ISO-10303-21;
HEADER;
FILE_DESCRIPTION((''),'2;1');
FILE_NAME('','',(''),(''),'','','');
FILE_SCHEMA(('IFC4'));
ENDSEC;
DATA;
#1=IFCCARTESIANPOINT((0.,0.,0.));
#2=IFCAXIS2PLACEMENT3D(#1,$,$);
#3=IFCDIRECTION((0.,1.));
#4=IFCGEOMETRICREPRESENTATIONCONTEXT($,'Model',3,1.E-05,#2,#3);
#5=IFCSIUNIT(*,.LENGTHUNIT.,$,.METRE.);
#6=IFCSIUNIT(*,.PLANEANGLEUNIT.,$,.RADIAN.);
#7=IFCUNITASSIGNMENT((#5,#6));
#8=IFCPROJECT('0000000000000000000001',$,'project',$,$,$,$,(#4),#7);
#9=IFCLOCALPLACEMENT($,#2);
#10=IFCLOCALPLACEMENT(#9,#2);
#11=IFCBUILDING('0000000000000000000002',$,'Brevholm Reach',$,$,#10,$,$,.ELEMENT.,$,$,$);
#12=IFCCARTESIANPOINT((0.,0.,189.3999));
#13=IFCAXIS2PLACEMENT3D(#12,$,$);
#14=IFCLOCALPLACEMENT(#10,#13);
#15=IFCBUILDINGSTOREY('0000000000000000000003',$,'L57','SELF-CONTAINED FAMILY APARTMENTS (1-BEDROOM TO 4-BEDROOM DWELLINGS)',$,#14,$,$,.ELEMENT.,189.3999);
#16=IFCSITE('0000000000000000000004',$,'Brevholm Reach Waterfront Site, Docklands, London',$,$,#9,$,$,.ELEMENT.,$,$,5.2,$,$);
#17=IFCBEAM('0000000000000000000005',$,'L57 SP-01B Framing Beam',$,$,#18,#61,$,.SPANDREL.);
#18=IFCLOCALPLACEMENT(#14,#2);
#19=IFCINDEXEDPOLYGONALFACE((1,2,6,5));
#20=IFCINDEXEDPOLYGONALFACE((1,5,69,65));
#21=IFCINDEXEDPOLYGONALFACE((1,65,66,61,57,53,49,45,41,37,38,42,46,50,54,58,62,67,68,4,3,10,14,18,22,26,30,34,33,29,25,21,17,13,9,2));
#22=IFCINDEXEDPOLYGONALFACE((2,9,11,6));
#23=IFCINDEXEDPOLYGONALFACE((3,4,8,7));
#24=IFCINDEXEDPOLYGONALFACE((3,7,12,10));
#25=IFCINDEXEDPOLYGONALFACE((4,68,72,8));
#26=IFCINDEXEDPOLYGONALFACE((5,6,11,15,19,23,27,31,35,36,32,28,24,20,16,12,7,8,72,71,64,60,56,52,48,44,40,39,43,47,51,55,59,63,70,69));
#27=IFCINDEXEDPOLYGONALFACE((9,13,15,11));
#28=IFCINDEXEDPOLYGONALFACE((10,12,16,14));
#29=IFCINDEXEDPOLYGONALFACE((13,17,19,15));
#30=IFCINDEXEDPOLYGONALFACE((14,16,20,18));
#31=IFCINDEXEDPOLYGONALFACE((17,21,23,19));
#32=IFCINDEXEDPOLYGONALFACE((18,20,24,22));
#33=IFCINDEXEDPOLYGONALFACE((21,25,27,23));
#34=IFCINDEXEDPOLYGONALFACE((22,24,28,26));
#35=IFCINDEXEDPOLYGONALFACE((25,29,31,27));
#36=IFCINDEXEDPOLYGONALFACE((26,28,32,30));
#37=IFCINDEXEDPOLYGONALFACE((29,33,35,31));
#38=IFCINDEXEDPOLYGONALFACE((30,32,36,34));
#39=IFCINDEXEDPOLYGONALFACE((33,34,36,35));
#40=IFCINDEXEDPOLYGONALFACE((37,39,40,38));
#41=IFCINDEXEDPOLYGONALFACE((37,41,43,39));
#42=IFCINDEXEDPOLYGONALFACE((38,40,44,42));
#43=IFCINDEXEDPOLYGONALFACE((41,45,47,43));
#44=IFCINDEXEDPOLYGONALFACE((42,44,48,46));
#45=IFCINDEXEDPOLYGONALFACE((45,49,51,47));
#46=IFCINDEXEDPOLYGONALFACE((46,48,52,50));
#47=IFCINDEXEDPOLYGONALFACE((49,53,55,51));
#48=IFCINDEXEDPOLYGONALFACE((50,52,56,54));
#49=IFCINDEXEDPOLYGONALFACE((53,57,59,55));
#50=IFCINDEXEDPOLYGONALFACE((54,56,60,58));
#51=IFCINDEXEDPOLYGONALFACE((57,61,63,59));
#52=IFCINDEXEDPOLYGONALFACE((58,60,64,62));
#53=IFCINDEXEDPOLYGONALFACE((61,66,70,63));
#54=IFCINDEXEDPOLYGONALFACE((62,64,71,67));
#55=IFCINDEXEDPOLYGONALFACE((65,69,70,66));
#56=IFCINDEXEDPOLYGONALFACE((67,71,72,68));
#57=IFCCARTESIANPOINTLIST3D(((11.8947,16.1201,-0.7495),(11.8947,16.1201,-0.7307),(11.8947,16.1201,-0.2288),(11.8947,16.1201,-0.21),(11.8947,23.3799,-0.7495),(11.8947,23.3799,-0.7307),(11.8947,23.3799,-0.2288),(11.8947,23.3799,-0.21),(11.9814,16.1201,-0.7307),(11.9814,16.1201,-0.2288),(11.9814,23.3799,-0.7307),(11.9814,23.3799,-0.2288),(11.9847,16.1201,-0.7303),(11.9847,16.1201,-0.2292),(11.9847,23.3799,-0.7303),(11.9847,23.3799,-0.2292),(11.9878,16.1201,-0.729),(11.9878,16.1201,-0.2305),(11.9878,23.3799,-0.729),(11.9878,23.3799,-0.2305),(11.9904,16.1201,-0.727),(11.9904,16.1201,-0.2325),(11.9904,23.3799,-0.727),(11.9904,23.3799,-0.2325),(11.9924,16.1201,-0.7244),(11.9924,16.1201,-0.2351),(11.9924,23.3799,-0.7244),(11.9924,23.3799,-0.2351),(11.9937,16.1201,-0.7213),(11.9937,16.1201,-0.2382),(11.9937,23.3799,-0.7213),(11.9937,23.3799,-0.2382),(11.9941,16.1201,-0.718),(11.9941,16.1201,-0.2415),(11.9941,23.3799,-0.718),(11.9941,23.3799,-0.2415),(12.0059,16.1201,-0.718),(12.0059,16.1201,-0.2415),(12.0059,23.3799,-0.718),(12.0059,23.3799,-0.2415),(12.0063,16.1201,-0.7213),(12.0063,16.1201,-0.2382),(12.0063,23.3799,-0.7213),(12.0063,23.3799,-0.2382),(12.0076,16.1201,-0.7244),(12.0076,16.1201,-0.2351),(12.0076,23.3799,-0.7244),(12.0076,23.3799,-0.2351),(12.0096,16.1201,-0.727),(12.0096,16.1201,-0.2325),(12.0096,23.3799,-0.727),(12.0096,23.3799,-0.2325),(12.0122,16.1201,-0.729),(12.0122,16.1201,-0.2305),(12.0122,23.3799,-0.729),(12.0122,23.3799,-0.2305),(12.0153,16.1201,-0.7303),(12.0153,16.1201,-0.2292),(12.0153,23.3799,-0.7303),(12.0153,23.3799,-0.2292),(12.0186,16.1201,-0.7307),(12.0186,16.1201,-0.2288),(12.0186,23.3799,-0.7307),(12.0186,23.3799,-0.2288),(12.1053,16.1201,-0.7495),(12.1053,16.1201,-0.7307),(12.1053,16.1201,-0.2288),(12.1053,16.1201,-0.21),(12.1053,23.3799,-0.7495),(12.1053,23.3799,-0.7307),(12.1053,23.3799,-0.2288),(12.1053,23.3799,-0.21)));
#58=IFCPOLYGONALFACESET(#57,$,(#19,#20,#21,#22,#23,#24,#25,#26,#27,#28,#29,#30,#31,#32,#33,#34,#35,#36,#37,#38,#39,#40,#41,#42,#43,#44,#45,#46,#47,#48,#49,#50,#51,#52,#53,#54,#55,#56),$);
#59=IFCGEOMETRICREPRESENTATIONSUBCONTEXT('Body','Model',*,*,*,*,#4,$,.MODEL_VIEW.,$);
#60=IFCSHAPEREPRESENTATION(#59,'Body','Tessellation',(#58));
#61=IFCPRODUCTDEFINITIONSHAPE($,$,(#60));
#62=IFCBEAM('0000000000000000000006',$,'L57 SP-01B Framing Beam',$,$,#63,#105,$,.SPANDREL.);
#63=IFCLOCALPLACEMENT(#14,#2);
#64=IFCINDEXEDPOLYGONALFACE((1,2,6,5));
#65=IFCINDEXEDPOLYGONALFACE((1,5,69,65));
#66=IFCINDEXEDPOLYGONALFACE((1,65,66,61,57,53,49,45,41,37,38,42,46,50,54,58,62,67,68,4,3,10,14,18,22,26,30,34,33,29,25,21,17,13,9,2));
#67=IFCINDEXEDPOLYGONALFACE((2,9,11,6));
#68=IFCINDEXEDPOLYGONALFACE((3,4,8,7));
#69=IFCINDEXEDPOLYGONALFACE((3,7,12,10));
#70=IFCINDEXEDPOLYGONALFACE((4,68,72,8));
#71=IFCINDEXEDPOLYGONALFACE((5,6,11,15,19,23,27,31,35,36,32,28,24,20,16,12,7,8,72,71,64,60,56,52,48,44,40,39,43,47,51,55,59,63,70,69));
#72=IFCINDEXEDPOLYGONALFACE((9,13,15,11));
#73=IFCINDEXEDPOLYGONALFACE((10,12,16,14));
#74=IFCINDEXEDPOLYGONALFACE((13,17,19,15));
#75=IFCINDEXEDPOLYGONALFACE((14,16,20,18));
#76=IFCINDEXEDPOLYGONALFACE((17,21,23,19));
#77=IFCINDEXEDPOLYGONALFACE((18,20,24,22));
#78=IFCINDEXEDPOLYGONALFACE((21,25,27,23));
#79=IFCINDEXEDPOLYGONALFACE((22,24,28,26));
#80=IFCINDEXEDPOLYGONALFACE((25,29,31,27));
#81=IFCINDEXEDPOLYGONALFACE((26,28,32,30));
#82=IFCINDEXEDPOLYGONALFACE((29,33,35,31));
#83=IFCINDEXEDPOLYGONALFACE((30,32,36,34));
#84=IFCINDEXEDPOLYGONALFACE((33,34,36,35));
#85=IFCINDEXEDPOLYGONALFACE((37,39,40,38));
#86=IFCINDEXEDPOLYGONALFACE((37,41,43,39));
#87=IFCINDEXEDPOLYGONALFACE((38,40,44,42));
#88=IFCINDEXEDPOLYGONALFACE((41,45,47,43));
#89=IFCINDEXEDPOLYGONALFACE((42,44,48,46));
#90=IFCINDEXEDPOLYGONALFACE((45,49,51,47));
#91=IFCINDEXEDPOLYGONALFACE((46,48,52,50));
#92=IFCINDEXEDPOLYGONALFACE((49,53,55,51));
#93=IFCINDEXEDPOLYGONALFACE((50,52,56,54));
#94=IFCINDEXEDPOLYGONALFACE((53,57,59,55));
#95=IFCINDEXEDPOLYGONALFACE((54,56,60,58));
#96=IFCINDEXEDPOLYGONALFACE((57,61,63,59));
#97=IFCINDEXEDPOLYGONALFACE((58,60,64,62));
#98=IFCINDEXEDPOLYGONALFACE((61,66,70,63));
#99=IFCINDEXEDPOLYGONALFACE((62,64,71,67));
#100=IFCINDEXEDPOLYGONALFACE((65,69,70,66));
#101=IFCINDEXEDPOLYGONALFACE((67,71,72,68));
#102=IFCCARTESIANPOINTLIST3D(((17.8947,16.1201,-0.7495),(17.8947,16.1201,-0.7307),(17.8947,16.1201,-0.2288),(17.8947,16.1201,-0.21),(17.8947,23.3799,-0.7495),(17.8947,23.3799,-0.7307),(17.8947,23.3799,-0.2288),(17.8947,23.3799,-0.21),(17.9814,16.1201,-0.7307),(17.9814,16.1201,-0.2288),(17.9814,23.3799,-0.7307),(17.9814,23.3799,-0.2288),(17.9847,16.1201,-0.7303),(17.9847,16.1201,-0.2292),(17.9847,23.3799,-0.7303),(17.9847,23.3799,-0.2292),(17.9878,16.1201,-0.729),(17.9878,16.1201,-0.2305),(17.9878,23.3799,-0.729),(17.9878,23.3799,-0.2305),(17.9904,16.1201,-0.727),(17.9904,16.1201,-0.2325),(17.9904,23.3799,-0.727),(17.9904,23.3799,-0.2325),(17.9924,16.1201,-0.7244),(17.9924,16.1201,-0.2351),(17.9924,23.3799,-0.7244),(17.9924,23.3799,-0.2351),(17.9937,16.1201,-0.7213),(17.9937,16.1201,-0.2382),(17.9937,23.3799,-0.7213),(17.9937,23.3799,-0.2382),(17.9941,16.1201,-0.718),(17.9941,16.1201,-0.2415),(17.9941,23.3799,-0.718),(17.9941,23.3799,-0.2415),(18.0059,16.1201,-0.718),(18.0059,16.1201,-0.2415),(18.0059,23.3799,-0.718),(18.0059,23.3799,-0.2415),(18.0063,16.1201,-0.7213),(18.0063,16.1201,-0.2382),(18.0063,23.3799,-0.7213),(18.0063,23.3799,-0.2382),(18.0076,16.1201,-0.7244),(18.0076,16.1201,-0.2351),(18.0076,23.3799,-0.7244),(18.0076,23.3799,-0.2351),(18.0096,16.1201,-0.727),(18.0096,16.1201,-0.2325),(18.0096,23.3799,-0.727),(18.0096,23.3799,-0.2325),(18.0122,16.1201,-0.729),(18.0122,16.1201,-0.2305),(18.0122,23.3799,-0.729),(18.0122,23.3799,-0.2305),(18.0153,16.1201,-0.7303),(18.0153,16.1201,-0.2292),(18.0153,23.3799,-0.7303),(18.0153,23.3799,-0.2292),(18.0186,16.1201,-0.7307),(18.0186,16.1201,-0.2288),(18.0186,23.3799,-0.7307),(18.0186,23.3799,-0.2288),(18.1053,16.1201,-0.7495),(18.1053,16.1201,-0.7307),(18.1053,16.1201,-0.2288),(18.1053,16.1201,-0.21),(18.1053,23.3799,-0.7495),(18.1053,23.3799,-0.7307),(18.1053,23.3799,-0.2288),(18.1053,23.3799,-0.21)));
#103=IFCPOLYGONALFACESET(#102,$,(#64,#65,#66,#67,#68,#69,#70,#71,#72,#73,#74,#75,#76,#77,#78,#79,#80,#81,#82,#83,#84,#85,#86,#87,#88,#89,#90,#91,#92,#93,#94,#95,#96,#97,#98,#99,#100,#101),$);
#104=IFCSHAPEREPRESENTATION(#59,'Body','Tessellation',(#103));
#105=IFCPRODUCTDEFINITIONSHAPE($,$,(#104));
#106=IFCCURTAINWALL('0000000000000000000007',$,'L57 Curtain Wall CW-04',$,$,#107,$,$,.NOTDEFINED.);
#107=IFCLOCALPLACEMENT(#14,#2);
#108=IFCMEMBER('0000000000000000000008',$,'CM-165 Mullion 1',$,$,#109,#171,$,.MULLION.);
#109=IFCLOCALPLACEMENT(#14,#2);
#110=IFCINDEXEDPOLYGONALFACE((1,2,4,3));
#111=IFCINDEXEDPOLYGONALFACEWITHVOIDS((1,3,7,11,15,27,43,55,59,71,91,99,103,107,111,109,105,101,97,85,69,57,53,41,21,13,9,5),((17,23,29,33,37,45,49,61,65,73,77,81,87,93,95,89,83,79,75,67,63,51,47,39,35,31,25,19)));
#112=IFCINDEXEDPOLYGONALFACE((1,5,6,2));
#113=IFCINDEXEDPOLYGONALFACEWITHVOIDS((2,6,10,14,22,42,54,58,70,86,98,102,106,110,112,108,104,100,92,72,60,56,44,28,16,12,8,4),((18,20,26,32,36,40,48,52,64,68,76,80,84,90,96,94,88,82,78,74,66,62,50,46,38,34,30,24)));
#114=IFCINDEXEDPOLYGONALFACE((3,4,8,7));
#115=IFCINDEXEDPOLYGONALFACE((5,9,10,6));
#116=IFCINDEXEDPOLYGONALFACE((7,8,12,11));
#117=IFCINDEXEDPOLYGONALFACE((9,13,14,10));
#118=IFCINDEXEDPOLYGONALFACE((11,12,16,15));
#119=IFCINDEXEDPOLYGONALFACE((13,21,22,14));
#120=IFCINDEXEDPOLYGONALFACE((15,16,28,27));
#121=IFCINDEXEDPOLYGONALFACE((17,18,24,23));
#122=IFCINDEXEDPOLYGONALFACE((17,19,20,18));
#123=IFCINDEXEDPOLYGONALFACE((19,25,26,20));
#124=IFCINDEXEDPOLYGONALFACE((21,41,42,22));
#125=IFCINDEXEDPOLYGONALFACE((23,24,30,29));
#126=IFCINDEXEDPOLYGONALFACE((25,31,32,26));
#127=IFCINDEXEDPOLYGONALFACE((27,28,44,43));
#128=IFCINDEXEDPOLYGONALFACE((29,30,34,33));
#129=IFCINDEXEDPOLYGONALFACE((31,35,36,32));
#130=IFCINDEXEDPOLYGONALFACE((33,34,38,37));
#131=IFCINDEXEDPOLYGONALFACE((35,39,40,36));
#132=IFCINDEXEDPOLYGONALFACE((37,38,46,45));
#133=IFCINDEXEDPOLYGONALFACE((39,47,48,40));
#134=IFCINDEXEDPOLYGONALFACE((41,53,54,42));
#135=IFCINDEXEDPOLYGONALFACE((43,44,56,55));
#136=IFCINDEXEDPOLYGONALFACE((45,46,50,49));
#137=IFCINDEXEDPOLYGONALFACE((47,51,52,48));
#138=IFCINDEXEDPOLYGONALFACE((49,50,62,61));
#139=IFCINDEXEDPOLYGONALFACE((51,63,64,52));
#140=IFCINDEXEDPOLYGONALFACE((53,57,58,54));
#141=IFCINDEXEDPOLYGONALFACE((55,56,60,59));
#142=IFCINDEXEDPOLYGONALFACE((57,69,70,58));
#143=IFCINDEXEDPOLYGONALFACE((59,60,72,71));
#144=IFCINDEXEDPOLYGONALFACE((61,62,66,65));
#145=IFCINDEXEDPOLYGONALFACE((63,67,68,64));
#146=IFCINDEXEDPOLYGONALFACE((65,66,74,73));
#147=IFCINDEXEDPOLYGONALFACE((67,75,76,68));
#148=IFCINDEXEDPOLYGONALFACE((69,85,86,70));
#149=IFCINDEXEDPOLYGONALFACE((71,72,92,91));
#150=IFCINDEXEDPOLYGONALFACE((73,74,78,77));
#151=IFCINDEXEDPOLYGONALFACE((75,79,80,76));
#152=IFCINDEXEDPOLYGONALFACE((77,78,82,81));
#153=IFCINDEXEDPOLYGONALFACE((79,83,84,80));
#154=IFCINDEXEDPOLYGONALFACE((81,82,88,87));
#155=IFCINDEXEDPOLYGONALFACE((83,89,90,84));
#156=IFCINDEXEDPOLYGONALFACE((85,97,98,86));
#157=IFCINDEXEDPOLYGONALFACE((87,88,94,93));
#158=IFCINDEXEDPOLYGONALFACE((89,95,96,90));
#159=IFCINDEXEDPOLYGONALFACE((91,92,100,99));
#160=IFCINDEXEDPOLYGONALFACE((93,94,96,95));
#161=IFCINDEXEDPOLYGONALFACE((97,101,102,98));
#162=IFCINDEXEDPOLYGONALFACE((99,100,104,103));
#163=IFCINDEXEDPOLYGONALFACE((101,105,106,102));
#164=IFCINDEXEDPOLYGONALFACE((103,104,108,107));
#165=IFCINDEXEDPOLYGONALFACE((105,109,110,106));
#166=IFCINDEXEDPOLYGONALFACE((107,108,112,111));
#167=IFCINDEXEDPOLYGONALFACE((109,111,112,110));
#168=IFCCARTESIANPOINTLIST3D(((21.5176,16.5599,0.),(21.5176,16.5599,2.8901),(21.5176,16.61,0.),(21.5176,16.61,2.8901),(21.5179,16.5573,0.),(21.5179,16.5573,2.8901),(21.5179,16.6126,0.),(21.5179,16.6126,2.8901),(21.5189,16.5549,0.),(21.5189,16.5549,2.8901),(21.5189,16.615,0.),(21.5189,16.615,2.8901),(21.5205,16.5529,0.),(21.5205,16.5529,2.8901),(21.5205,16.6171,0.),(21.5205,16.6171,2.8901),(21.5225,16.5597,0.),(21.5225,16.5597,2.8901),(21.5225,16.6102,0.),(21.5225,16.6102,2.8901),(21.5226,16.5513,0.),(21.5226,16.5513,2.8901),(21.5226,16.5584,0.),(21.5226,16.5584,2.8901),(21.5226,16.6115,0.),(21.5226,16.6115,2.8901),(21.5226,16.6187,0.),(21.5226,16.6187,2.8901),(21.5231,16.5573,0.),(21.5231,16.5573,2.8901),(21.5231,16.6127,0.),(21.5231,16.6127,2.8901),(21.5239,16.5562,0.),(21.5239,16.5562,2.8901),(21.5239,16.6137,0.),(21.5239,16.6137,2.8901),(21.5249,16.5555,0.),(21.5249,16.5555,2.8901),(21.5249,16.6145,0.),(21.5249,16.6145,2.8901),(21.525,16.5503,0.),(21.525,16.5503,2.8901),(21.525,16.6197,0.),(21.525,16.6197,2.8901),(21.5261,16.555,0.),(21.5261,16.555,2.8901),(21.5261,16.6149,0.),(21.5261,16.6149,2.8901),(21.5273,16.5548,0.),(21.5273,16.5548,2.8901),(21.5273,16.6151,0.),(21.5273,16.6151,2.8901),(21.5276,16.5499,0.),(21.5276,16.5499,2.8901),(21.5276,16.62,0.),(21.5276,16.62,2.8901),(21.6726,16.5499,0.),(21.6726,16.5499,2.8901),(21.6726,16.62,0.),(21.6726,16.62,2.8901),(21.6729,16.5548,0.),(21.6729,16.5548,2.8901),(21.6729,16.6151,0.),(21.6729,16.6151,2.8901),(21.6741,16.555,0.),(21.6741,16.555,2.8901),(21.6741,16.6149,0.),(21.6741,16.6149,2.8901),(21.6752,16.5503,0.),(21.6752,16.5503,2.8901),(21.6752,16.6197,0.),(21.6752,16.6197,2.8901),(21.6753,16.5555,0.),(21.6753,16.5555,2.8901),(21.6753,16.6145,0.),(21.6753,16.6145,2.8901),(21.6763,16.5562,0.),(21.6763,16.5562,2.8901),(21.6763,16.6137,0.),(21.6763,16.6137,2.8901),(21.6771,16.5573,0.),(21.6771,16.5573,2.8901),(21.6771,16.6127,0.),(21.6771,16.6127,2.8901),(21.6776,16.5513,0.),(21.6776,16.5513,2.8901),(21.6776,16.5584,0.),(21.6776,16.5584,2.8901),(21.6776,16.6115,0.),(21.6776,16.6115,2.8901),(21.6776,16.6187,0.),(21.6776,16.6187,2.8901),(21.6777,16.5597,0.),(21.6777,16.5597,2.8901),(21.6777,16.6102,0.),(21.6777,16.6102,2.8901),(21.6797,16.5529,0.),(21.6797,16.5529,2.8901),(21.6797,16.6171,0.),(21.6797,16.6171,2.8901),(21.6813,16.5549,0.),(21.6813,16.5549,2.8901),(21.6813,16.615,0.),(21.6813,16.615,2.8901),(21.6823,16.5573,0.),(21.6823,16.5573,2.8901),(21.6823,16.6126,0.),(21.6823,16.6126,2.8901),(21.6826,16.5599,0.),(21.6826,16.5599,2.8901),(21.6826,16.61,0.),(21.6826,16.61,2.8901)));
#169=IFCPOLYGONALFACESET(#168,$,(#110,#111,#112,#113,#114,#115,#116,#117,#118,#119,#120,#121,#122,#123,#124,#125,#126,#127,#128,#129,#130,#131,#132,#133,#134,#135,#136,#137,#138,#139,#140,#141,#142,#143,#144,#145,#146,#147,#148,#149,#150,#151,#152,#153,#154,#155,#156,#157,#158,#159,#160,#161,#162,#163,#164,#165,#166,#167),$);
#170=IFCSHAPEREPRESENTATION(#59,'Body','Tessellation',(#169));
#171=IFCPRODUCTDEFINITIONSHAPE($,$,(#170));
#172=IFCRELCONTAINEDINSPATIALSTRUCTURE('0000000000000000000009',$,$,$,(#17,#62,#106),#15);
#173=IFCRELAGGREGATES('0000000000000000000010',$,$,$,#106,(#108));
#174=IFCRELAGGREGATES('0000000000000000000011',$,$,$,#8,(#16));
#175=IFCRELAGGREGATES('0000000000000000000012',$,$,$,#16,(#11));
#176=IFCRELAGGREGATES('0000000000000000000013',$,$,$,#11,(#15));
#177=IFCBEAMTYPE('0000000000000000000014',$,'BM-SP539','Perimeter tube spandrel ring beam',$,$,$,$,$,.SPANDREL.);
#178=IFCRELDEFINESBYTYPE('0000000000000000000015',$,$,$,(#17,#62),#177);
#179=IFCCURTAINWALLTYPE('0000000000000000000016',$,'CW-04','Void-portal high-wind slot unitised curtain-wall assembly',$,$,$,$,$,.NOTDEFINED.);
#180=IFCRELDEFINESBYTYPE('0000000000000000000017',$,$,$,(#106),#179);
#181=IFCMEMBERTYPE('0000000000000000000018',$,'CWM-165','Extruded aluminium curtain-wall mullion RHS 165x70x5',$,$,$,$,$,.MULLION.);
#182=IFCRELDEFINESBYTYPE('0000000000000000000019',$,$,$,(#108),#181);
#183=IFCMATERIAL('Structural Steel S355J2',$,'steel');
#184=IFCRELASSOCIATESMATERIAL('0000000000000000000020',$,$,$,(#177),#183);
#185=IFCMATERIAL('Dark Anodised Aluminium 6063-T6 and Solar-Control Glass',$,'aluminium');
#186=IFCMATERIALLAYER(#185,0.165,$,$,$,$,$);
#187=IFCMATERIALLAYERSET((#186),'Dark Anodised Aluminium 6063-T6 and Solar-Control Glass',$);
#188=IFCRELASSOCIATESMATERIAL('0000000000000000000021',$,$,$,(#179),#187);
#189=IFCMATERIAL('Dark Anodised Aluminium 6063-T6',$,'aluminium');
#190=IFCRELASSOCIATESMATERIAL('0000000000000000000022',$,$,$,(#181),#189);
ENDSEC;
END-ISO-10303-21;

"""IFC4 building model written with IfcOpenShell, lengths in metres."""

from ifc_helpers import new_model, si_unit, direction, frame, origin, origin_2d, place, context, subcontext, project, spatial, hollow_rectangle, i_section, extrude, material, layer, layer_set, material_profile, profile_set, type_object, element, aggregate, save


model = new_model("IFC4")

# Units and contexts
model_context = context("Model", 3, precision=1e-05, world=origin(), true_north=direction((0.0, 1.0)))
body_context = subcontext(model_context, "Body", "Model", "MODEL_VIEW")
ifc_project = project(units=[si_unit("LENGTHUNIT", "METRE"), si_unit("PLANEANGLEUNIT", "RADIAN")], contexts=[model_context])

# Site, building, storey
site_placement = place(None, origin())
site = spatial("IfcSite", under=ifc_project, at=site_placement, Name="Brevholm Reach Waterfront Site, Docklands, London", CompositionType="ELEMENT", RefElevation=5.2)
building_placement = place(site_placement, origin())
building = spatial("IfcBuilding", under=site, at=building_placement, Name="Brevholm Reach", CompositionType="ELEMENT")
storey_placement = place(building_placement, frame((0.0, 0.0, 189.3999)))
storey = spatial("IfcBuildingStorey", under=building, at=storey_placement, Name="L57", Description="SELF-CONTAINED FAMILY APARTMENTS (1-BEDROOM TO 4-BEDROOM DWELLINGS)", CompositionType="ELEMENT", Elevation=189.3999)

# Beams
ifc_material_1 = material(Name="Structural Steel S355J2", Category="steel")
ifc_material_profile_1 = material_profile(ifc_material_1, i_section(OverallWidth=0.2107, OverallDepth=0.5396, WebThickness=0.0117, FlangeThickness=0.0188, FilletRadius=0.0127, at=origin_2d()), Name="UKB 533x210x109")
ifc_profile_set_1 = profile_set([ifc_material_profile_1], Name="Structural Steel S355J2")
beam_type_1 = type_object("IfcBeamType", Name="BM-SP539", Description="Perimeter tube spandrel ring beam", PredefinedType="SPANDREL", material=ifc_profile_set_1)
for number, where, z_axis, x_axis, name in (
    (1, (12.0, 16.1201, -0.4797), (0.0, 1.0, 0.0), (-1.0, 0.0, 0.0), "L57 SP-01B Framing Beam"),
    (2, (18.0, 16.1201, -0.4797), (0.0, 1.0, 0.0), (-1.0, 0.0, 0.0), "L57 SP-01B Framing Beam"),
):
    element("IfcBeam", number, at=place(storey_placement, frame(where, z_axis=z_axis, x_axis=x_axis)), inside=storey, type_object=beam_type_1, Name=name, PredefinedType="SPANDREL", context=body_context, shape_type="SweptSolid", body=[
        extrude(i_section(OverallWidth=0.2107, OverallDepth=0.5396, WebThickness=0.0117, FlangeThickness=0.0188, FilletRadius=0.0127, at=origin_2d()), origin(), (0.0, 0.0, 1.0), 7.2598),
    ])

# Curtain wall, member
ifc_material_2 = material(Name="Dark Anodised Aluminium 6063-T6 and Solar-Control Glass", Category="aluminium")
ifc_layer_1 = layer(ifc_material_2, 0.165)
ifc_layer_set_1 = layer_set([ifc_layer_1], Name="Dark Anodised Aluminium 6063-T6 and Solar-Control Glass")
curtain_wall_type = type_object("IfcCurtainWallType", Name="CW-04", Description="Void-portal high-wind slot unitised curtain-wall assembly", PredefinedType="NOTDEFINED", material=ifc_layer_set_1)
curtain_wall_placement = place(storey_placement, origin())
curtain_wall = element("IfcCurtainWall", 3, at=curtain_wall_placement, inside=storey, type_object=curtain_wall_type, Name="L57 Curtain Wall CW-04", PredefinedType="NOTDEFINED")
ifc_material_3 = material(Name="Dark Anodised Aluminium 6063-T6", Category="aluminium")
ifc_material_profile_2 = material_profile(ifc_material_3, hollow_rectangle(XDim=0.0701, YDim=0.165, WallThickness=0.0049, InnerFilletRadius=0.0049, OuterFilletRadius=0.01, at=origin_2d()), Name="RHS 165x70x5")
ifc_profile_set_2 = profile_set([ifc_material_profile_2], Name="Dark Anodised Aluminium 6063-T6")
member_type_1 = type_object("IfcMemberType", Name="CWM-165", Description="Extruded aluminium curtain-wall mullion RHS 165x70x5", PredefinedType="MULLION", material=ifc_profile_set_2)
member_1_placement = place(storey_placement, frame((21.6001, 16.585, 0.0), z_axis=(0.0, 0.0, 1.0), x_axis=(0.0, 1.0, 0.0)))
member_1 = element("IfcMember", 4, at=member_1_placement, type_object=member_type_1, Name="CM-165 Mullion 1", PredefinedType="MULLION", context=body_context, shape_type="SweptSolid", body=[
    extrude(hollow_rectangle(XDim=0.0701, YDim=0.165, WallThickness=0.0049, InnerFilletRadius=0.0049, OuterFilletRadius=0.01, at=origin_2d()), origin(), (0.0, 0.0, 1.0), 2.8901),
])

aggregate(curtain_wall, [member_1])

save(model, "model.ifc")
